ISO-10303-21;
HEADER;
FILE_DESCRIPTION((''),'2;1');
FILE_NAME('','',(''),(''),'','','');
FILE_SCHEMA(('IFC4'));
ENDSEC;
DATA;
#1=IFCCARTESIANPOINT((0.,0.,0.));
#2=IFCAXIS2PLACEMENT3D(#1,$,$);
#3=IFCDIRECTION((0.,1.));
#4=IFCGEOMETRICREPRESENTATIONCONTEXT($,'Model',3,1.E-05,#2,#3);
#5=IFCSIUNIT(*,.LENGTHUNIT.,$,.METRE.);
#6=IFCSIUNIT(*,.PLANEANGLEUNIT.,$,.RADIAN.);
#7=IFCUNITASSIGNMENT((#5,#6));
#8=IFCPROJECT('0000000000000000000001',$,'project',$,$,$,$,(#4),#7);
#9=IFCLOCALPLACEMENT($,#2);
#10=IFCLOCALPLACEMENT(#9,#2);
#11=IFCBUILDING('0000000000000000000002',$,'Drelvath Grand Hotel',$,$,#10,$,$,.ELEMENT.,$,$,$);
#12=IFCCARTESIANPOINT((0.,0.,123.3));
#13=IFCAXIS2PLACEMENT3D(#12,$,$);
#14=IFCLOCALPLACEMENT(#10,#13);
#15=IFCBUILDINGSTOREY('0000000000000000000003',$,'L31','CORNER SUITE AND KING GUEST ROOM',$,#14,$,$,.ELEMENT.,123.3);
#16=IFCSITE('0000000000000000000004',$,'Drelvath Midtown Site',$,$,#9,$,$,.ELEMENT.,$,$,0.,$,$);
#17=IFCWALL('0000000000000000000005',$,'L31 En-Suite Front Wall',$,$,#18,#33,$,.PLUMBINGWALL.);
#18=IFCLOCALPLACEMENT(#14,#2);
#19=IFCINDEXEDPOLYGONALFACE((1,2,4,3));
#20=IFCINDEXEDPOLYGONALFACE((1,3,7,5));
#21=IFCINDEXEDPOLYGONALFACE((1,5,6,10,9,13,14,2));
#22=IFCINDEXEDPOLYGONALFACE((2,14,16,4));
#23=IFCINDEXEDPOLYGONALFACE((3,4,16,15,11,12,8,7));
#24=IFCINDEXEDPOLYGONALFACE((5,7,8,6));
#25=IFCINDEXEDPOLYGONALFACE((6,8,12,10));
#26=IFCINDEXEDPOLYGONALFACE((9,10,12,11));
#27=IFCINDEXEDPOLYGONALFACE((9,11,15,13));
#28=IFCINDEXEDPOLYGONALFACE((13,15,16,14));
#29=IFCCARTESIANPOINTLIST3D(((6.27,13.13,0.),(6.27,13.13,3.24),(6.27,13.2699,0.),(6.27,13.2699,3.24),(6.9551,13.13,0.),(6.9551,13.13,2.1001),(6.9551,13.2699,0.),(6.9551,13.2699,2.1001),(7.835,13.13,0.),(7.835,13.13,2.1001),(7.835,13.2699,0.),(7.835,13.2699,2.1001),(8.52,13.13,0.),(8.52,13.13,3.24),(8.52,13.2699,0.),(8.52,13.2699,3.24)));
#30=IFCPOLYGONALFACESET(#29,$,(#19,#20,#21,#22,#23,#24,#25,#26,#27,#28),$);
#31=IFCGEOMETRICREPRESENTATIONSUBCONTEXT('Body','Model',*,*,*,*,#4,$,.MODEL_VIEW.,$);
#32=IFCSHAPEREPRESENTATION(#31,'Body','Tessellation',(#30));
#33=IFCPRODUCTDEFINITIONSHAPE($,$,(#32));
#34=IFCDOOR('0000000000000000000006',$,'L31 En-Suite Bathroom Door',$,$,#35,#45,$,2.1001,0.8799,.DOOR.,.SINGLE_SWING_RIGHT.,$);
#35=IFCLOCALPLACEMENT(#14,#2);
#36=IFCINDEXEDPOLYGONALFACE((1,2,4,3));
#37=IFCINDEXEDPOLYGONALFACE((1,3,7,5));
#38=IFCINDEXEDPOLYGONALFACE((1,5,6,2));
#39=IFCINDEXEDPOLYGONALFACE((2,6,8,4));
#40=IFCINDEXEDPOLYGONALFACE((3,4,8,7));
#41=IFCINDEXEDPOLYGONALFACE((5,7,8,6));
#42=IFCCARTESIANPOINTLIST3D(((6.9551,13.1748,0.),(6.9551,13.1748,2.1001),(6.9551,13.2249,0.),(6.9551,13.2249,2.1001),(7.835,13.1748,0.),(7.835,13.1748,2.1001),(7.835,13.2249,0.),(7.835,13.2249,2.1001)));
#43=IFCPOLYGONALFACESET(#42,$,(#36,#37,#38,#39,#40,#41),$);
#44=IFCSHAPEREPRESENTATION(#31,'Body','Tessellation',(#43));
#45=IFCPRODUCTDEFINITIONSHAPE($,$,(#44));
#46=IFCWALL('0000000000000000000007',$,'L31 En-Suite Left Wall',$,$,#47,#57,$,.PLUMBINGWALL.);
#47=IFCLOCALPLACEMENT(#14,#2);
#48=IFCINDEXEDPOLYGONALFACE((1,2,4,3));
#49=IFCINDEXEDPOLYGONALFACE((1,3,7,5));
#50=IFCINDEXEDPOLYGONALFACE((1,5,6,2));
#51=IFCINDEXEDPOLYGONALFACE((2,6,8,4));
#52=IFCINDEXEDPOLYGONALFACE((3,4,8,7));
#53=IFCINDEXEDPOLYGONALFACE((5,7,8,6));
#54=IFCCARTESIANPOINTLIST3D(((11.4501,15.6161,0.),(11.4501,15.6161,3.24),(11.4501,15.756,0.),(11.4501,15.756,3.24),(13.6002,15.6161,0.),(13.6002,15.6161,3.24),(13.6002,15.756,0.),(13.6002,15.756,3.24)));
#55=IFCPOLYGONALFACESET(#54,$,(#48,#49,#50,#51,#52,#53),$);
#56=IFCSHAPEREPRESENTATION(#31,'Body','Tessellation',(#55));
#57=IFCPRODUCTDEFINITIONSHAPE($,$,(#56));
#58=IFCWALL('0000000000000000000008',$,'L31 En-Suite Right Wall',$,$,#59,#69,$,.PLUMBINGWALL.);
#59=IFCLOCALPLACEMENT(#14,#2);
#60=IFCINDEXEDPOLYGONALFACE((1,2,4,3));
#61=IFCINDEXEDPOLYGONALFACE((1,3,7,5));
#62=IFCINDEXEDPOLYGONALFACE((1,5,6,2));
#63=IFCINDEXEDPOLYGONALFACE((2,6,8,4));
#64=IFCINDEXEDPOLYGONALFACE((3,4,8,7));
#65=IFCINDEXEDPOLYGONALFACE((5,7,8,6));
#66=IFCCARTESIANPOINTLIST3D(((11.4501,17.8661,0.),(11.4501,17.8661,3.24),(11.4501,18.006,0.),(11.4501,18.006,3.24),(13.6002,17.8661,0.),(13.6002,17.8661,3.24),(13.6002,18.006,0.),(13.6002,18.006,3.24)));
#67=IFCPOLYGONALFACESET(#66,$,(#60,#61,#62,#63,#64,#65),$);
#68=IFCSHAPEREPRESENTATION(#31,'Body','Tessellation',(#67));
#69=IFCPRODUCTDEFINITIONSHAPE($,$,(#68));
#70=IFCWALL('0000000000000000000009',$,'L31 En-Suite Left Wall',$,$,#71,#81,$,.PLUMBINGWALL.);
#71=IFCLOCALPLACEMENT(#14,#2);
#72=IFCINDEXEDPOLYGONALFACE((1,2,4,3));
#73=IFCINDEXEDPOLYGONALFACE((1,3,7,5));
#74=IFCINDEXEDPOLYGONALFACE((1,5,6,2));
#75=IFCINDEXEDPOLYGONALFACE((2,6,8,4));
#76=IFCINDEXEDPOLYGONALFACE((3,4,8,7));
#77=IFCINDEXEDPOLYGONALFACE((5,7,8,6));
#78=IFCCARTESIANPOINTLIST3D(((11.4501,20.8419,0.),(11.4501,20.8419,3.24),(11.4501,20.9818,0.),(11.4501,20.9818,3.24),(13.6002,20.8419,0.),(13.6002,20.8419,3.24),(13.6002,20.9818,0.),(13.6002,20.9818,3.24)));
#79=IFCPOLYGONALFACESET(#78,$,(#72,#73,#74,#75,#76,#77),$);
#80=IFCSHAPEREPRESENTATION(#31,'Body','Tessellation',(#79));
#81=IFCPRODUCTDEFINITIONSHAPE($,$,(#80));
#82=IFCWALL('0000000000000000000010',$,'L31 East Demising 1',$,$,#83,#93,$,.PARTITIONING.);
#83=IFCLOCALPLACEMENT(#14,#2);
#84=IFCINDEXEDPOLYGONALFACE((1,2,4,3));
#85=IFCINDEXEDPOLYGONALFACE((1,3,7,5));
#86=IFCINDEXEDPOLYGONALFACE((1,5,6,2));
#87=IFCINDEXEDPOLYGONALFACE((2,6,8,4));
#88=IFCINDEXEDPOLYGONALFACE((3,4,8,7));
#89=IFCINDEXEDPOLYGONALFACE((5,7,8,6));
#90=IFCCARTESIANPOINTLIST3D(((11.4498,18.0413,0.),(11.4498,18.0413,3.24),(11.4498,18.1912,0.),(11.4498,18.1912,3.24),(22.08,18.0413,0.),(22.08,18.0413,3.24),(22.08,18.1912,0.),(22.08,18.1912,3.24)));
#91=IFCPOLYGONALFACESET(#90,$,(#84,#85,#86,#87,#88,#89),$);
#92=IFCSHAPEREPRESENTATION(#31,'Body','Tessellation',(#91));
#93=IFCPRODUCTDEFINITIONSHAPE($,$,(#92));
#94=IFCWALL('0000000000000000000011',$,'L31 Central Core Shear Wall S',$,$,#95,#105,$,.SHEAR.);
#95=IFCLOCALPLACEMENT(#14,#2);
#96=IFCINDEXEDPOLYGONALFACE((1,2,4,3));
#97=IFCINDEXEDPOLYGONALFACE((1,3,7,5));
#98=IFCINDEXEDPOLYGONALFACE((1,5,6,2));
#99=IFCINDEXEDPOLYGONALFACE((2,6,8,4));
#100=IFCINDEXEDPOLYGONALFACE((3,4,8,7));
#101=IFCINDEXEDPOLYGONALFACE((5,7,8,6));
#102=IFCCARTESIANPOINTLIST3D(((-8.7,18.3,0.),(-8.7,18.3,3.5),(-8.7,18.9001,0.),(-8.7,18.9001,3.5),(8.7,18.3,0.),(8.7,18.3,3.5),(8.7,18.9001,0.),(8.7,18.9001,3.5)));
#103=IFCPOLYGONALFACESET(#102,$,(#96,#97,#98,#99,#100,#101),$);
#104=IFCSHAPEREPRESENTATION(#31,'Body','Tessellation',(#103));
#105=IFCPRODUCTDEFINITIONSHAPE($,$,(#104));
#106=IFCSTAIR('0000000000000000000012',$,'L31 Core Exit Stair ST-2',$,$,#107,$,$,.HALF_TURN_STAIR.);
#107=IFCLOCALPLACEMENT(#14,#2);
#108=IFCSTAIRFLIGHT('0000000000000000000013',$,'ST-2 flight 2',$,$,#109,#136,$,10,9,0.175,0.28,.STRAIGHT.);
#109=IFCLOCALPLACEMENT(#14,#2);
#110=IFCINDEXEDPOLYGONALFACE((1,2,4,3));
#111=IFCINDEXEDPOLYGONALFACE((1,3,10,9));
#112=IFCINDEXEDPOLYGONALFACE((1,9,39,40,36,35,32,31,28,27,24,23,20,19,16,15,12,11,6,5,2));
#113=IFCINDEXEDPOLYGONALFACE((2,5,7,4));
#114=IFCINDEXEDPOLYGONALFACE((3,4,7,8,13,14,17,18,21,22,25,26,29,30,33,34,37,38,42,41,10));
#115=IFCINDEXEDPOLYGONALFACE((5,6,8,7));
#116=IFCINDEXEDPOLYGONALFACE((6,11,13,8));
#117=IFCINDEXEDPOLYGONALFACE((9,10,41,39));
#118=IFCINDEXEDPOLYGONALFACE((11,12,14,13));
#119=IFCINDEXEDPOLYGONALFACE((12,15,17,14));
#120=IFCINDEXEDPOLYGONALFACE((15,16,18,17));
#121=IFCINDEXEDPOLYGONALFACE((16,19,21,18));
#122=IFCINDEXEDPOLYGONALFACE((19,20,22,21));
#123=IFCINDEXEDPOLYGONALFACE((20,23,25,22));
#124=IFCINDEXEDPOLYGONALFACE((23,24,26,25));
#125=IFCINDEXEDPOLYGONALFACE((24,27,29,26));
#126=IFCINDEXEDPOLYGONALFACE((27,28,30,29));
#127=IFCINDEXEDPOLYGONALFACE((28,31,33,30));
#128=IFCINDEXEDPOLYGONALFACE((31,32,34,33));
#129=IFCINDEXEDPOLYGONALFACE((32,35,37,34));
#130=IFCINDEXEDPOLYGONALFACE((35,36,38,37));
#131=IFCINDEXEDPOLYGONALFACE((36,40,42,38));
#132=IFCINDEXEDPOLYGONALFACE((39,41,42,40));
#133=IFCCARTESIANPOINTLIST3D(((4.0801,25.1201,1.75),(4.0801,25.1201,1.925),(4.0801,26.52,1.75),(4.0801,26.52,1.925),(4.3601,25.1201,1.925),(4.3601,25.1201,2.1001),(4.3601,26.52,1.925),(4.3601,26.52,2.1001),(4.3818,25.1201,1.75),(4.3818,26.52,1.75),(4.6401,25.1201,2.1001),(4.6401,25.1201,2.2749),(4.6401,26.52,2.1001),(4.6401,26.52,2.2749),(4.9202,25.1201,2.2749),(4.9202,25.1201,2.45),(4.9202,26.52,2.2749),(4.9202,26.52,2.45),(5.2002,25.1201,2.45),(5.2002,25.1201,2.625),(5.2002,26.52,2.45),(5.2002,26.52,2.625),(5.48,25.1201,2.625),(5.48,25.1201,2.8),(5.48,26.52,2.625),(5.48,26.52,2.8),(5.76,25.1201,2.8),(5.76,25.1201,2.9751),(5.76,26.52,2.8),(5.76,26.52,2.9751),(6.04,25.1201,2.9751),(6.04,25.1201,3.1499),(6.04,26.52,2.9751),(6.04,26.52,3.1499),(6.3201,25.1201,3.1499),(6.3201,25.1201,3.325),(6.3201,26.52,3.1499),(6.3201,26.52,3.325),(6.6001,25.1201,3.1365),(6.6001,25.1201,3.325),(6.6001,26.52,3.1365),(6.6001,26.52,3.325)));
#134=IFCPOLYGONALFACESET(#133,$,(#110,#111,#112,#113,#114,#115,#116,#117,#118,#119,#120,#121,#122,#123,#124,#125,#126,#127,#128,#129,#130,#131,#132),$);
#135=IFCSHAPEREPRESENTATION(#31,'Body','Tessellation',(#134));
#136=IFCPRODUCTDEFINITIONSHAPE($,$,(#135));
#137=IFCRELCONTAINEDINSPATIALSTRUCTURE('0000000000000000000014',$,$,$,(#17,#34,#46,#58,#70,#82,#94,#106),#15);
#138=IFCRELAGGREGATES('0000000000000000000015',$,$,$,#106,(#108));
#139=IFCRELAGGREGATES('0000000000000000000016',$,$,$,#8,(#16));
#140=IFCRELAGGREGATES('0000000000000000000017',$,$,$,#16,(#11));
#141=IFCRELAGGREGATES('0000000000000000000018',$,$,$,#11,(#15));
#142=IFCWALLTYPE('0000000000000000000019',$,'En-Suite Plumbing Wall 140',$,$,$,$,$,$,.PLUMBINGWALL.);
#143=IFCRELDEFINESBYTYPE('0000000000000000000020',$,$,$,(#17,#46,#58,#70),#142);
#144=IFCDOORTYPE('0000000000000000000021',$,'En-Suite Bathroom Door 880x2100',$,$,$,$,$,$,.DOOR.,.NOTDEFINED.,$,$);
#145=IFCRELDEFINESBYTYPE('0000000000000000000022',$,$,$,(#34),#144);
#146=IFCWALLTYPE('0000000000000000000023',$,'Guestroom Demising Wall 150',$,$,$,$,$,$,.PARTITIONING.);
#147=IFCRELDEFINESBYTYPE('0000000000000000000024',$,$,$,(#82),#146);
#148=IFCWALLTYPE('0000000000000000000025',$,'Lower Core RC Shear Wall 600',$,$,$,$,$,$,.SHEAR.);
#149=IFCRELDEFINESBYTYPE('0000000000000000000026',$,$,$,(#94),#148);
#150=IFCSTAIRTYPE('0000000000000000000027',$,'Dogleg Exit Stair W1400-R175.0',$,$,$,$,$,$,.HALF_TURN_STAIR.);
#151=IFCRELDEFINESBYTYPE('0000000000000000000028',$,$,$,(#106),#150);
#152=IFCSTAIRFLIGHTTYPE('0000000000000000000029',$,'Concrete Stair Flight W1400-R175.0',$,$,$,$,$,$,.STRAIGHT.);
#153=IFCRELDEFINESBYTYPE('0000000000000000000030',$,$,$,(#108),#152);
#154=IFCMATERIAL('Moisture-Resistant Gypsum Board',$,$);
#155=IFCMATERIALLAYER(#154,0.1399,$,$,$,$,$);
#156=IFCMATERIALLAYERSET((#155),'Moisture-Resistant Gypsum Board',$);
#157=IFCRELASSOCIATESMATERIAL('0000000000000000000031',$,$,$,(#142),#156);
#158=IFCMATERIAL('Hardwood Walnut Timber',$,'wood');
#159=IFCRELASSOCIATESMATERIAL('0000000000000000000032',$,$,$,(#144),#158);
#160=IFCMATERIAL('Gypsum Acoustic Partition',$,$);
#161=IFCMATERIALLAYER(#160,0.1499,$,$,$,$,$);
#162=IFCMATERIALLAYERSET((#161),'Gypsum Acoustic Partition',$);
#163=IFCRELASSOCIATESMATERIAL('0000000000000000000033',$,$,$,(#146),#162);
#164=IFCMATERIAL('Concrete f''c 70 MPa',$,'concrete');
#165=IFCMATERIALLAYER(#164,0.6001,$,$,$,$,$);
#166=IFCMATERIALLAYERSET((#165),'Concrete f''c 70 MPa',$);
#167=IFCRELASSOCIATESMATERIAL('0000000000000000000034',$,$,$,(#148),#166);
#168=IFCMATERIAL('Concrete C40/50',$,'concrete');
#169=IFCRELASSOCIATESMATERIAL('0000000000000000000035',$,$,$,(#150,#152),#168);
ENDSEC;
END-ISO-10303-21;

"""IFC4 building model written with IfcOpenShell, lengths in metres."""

from ifc_helpers import new_model, si_unit, direction, frame, frame_2d, origin, place, context, subcontext, project, spatial, polyline, rectangle, outline, extrude, material, layer, layer_set, type_object, element, fill, aggregate, save


model = new_model("IFC4")

# Units and contexts
model_context = context("Model", 3, precision=1e-05, world=origin(), true_north=direction((0.0, 1.0)))
body_context = subcontext(model_context, "Body", "Model", "MODEL_VIEW")
ifc_project = project(units=[si_unit("LENGTHUNIT", "METRE"), si_unit("PLANEANGLEUNIT", "RADIAN")], contexts=[model_context])

# Site, building, storey
site_placement = place(None, origin())
site = spatial("IfcSite", under=ifc_project, at=site_placement, Name="Drelvath Midtown Site", CompositionType="ELEMENT", RefElevation=0.0)
building_placement = place(site_placement, origin())
building = spatial("IfcBuilding", under=site, at=building_placement, Name="Drelvath Grand Hotel", CompositionType="ELEMENT")
storey_placement = place(building_placement, frame((0.0, 0.0, 123.3)))
storey = spatial("IfcBuildingStorey", under=building, at=storey_placement, Name="L31", Description="CORNER SUITE AND KING GUEST ROOM", CompositionType="ELEMENT", Elevation=123.3)

# Shared definitions
ifc_material_1 = material(Name="Concrete f'c 70 MPa", Category="concrete")

# Shared definitions
ifc_material_2 = material(Name="Concrete C40/50", Category="concrete")

# Shared definitions
ifc_material_3 = material(Name="Moisture-Resistant Gypsum Board")
ifc_layer_1 = layer(ifc_material_3, 0.1399)
ifc_layer_set_1 = layer_set([ifc_layer_1], Name="Moisture-Resistant Gypsum Board")
wall_type_1 = type_object("IfcWallType", Name="En-Suite Plumbing Wall 140", PredefinedType="PLUMBINGWALL", material=ifc_layer_set_1)

# Wall, opening, door
wall_1_placement = place(storey_placement, frame((6.27, 13.2, 0.0), z_axis=(0.0, 0.0, 1.0), x_axis=(1.0, 0.0, 0.0)))
wall_1 = element("IfcWall", 1, at=wall_1_placement, inside=storey, type_object=wall_type_1, Name="L31 En-Suite Front Wall", PredefinedType="PLUMBINGWALL", context=body_context, shape_type="SweptSolid", body=[
    extrude(rectangle(XDim=2.25, YDim=0.1399, at=frame_2d((1.125, 0.0))), origin(), (0.0, 0.0, 1.0), 3.24),
])
opening_1_placement = place(wall_1_placement, frame((0.6851, 0.0, 0.0)))
opening_1 = element("IfcOpeningElement", 2, at=opening_1_placement, cuts=wall_1, PredefinedType="OPENING", context=body_context, shape_type="SweptSolid", body=[
    extrude(rectangle(XDim=0.8799, YDim=2.1001, at=frame_2d((0.4399, 1.05))), frame((0.0, 0.0798, 0.0), z_axis=(0.0, -1.0, 0.0), x_axis=(1.0, 0.0, 0.0)), (0.0, 0.0, 1.0), 0.1599),
])
ifc_material_4 = material(Name="Hardwood Walnut Timber", Category="wood")
door_type_1 = type_object("IfcDoorType", Name="En-Suite Bathroom Door 880x2100", OperationType="NOTDEFINED", PredefinedType="DOOR", material=ifc_material_4)
door_1_placement = place(opening_1_placement, origin())
door_1 = element("IfcDoor", 3, at=door_1_placement, inside=storey, type_object=door_type_1, Name="L31 En-Suite Bathroom Door", OperationType="SINGLE_SWING_RIGHT", OverallHeight=2.1001, OverallWidth=0.8799, PredefinedType="DOOR", context=body_context, shape_type="SweptSolid", body=[
    extrude(rectangle(XDim=0.8799, YDim=2.1001, at=frame_2d((0.4399, 1.05))), frame((0.0, 0.0249, 0.0), z_axis=(0.0, -1.0, 0.0), x_axis=(1.0, 0.0, 0.0)), (0.0, 0.0, 1.0), 0.05),
])
fill(opening_1, door_1)

# Walls
for number, where, z_axis, x_axis, name in (
    (4, (11.45, 15.686, 0.0), (0.0, 0.0, 1.0), (1.0, 0.0, 0.0), "L31 En-Suite Left Wall"),
    (5, (11.45, 17.936, 0.0), (0.0, 0.0, 1.0), (1.0, 0.0, 0.0), "L31 En-Suite Right Wall"),
    (6, (11.45, 20.9119, 0.0), (0.0, 0.0, 1.0), (1.0, 0.0, 0.0), "L31 En-Suite Left Wall"),
):
    element("IfcWall", number, at=place(storey_placement, frame(where, z_axis=z_axis, x_axis=x_axis)), inside=storey, type_object=wall_type_1, Name=name, PredefinedType="PLUMBINGWALL", context=body_context, shape_type="SweptSolid", body=[
        extrude(rectangle(XDim=2.1501, YDim=0.1399, at=frame_2d((1.0752, 0.0))), origin(), (0.0, 0.0, 1.0), 3.24),
    ])
ifc_material_5 = material(Name="Gypsum Acoustic Partition")
ifc_layer_2 = layer(ifc_material_5, 0.1499)
ifc_layer_set_2 = layer_set([ifc_layer_2], Name="Gypsum Acoustic Partition")
wall_type_2 = type_object("IfcWallType", Name="Guestroom Demising Wall 150", PredefinedType="PARTITIONING", material=ifc_layer_set_2)
wall_2_placement = place(storey_placement, frame((11.45, 18.1162, 0.0), z_axis=(0.0, 0.0, 1.0), x_axis=(1.0, 0.0, 0.0)))
element("IfcWall", 7, at=wall_2_placement, inside=storey, type_object=wall_type_2, Name="L31 East Demising 1", PredefinedType="PARTITIONING", context=body_context, shape_type="SweptSolid", body=[
    extrude(rectangle(XDim=10.6301, YDim=0.1499, at=frame_2d((5.3149, 0.0))), origin(), (0.0, 0.0, 1.0), 3.24),
])
ifc_layer_3 = layer(ifc_material_1, 0.6001)
ifc_layer_set_3 = layer_set([ifc_layer_3], Name="Concrete f'c 70 MPa")
wall_type_3 = type_object("IfcWallType", Name="Lower Core RC Shear Wall 600", PredefinedType="SHEAR", material=ifc_layer_set_3)
wall_3_placement = place(storey_placement, frame((8.7, 18.6001, 0.0), z_axis=(0.0, 0.0, 1.0), x_axis=(-1.0, 0.0, 0.0)))
element("IfcWall", 8, at=wall_3_placement, inside=storey, type_object=wall_type_3, Name="L31 Central Core Shear Wall S", PredefinedType="SHEAR", context=body_context, shape_type="SweptSolid", body=[
    extrude(rectangle(XDim=17.3999, YDim=0.6001, at=frame_2d((8.7, 0.0))), origin(), (0.0, 0.0, 1.0), 3.5),
])

# Stair, stair flight
stair_type = type_object("IfcStairType", Name="Dogleg Exit Stair W1400-R175.0", PredefinedType="HALF_TURN_STAIR", material=ifc_material_2)
stair_placement = place(storey_placement, origin())
stair = element("IfcStair", 9, at=stair_placement, inside=storey, type_object=stair_type, Name="L31 Core Exit Stair ST-2", PredefinedType="HALF_TURN_STAIR")
stair_flight_type = type_object("IfcStairFlightType", Name="Concrete Stair Flight W1400-R175.0", PredefinedType="STRAIGHT", material=ifc_material_2)
stair_flight_placement = place(storey_placement, frame((4.0801, 25.8201, 1.75), z_axis=(0.0, 0.0, 1.0), x_axis=(1.0, 0.0, 0.0)))
stair_flight = element("IfcStairFlight", 10, at=stair_flight_placement, type_object=stair_flight_type, Name="ST-2 flight 2", NumberOfRisers=10, NumberOfTreads=9, PredefinedType="STRAIGHT", RiserHeight=0.175, TreadLength=0.28, context=body_context, shape_type="SweptSolid", body=[
    extrude(outline(polyline([(0.0, 0.0), (0.0, 0.175), (0.28, 0.175), (0.28, 0.3501), (0.5601, 0.3501), (0.5601, 0.5249), (0.8401, 0.5249), (0.8401, 0.7), (1.1201, 0.7), (1.1201, 0.875), (1.3999, 0.875), (1.3999, 1.05), (1.6799, 1.05), (1.6799, 1.2251), (1.96, 1.2251), (1.96, 1.3999), (2.24, 1.3999), (2.24, 1.575), (2.52, 1.575), (2.52, 1.75), (2.52, 1.3865), (0.3018, 0.0), (0.0, 0.0)])), frame((0.0, 0.7, 0.0), z_axis=(0.0, -1.0, 0.0), x_axis=(1.0, 0.0, 0.0)), (0.0, 0.0, 1.0), 1.3999),
])
aggregate(stair, [stair_flight])

save(model, "model.ifc")
